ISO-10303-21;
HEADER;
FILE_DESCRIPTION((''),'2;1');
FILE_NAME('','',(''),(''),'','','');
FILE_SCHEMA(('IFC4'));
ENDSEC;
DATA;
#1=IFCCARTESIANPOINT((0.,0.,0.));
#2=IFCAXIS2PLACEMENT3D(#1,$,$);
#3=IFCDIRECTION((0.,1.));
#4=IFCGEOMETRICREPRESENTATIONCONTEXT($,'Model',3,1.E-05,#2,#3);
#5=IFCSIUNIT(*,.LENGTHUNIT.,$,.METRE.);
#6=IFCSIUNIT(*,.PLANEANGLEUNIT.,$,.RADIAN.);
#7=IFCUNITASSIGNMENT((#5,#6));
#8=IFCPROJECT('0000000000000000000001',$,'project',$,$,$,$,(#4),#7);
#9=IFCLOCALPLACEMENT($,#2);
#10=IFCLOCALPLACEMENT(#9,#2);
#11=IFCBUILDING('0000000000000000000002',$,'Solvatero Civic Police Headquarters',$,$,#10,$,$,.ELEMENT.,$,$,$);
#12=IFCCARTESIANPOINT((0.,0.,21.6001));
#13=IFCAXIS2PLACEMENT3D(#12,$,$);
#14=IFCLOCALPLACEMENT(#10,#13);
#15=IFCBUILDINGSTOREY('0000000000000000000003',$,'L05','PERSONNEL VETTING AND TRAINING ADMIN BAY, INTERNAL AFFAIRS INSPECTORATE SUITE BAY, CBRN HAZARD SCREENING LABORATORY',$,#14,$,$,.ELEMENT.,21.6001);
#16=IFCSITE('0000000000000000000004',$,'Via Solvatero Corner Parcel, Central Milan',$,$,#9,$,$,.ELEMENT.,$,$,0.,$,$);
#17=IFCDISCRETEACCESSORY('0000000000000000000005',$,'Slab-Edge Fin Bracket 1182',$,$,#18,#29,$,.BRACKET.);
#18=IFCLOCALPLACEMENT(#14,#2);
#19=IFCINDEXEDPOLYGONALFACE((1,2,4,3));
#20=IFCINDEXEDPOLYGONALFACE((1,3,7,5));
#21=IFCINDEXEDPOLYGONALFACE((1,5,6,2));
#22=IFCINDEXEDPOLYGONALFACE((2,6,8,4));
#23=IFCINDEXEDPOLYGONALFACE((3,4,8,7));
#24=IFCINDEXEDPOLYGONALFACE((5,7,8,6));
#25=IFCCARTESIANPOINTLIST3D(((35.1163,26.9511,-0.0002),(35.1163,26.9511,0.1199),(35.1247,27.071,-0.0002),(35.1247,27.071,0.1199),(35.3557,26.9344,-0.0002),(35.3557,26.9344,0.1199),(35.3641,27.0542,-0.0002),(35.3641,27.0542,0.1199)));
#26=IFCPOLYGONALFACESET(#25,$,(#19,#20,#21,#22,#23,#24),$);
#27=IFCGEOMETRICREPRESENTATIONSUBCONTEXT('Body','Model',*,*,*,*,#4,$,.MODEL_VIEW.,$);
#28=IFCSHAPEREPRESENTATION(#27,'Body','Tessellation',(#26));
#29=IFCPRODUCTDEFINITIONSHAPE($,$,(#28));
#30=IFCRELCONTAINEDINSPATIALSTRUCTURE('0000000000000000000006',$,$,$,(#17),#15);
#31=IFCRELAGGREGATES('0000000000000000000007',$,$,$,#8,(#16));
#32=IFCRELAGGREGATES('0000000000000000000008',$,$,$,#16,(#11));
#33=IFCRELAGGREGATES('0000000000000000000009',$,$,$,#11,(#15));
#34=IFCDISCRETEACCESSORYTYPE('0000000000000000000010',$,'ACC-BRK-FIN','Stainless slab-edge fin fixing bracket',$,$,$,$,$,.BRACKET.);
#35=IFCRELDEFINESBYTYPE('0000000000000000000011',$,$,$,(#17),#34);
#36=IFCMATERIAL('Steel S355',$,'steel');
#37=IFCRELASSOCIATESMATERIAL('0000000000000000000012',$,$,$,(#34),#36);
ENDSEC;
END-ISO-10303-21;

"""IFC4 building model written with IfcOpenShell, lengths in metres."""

from ifc_helpers import new_model, si_unit, direction, frame, origin, origin_2d, place, context, subcontext, project, spatial, rectangle, extrude, material, type_object, element, save


model = new_model("IFC4")

# Units and contexts
model_context = context("Model", 3, precision=1e-05, world=origin(), true_north=direction((0.0, 1.0)))
body_context = subcontext(model_context, "Body", "Model", "MODEL_VIEW")
ifc_project = project(units=[si_unit("LENGTHUNIT", "METRE"), si_unit("PLANEANGLEUNIT", "RADIAN")], contexts=[model_context])

# Site, building, storey
site_placement = place(None, origin())
site = spatial("IfcSite", under=ifc_project, at=site_placement, Name="Via Solvatero Corner Parcel, Central Milan", CompositionType="ELEMENT", RefElevation=0.0)
building_placement = place(site_placement, origin())
building = spatial("IfcBuilding", under=site, at=building_placement, Name="Solvatero Civic Police Headquarters", CompositionType="ELEMENT")
storey_placement = place(building_placement, frame((0.0, 0.0, 21.6001)))
storey = spatial("IfcBuildingStorey", under=building, at=storey_placement, Name="L05", Description="PERSONNEL VETTING AND TRAINING ADMIN BAY, INTERNAL AFFAIRS INSPECTORATE SUITE BAY, CBRN HAZARD SCREENING LABORATORY", CompositionType="ELEMENT", Elevation=21.6001)

# Discrete accessory
ifc_material_1 = material(Name="Steel S355", Category="steel")
discrete_accessory_type = type_object("IfcDiscreteAccessoryType", Name="ACC-BRK-FIN", Description="Stainless slab-edge fin fixing bracket", PredefinedType="BRACKET", material=ifc_material_1)
discrete_accessory_placement = place(storey_placement, frame((35.2402, 27.0027, -0.0002), z_axis=(0.0, 0.0, 1.0), x_axis=(-0.069739, -0.997565, 0.0)))
element("IfcDiscreteAccessory", 1, at=discrete_accessory_placement, inside=storey, type_object=discrete_accessory_type, Name="Slab-Edge Fin Bracket 1182", PredefinedType="BRACKET", context=body_context, shape_type="SweptSolid", body=[
    extrude(rectangle(XDim=0.1201, YDim=0.24, at=origin_2d()), origin(), (0.0, 0.0, 1.0), 0.1201),
])

save(model, "model.ifc")
